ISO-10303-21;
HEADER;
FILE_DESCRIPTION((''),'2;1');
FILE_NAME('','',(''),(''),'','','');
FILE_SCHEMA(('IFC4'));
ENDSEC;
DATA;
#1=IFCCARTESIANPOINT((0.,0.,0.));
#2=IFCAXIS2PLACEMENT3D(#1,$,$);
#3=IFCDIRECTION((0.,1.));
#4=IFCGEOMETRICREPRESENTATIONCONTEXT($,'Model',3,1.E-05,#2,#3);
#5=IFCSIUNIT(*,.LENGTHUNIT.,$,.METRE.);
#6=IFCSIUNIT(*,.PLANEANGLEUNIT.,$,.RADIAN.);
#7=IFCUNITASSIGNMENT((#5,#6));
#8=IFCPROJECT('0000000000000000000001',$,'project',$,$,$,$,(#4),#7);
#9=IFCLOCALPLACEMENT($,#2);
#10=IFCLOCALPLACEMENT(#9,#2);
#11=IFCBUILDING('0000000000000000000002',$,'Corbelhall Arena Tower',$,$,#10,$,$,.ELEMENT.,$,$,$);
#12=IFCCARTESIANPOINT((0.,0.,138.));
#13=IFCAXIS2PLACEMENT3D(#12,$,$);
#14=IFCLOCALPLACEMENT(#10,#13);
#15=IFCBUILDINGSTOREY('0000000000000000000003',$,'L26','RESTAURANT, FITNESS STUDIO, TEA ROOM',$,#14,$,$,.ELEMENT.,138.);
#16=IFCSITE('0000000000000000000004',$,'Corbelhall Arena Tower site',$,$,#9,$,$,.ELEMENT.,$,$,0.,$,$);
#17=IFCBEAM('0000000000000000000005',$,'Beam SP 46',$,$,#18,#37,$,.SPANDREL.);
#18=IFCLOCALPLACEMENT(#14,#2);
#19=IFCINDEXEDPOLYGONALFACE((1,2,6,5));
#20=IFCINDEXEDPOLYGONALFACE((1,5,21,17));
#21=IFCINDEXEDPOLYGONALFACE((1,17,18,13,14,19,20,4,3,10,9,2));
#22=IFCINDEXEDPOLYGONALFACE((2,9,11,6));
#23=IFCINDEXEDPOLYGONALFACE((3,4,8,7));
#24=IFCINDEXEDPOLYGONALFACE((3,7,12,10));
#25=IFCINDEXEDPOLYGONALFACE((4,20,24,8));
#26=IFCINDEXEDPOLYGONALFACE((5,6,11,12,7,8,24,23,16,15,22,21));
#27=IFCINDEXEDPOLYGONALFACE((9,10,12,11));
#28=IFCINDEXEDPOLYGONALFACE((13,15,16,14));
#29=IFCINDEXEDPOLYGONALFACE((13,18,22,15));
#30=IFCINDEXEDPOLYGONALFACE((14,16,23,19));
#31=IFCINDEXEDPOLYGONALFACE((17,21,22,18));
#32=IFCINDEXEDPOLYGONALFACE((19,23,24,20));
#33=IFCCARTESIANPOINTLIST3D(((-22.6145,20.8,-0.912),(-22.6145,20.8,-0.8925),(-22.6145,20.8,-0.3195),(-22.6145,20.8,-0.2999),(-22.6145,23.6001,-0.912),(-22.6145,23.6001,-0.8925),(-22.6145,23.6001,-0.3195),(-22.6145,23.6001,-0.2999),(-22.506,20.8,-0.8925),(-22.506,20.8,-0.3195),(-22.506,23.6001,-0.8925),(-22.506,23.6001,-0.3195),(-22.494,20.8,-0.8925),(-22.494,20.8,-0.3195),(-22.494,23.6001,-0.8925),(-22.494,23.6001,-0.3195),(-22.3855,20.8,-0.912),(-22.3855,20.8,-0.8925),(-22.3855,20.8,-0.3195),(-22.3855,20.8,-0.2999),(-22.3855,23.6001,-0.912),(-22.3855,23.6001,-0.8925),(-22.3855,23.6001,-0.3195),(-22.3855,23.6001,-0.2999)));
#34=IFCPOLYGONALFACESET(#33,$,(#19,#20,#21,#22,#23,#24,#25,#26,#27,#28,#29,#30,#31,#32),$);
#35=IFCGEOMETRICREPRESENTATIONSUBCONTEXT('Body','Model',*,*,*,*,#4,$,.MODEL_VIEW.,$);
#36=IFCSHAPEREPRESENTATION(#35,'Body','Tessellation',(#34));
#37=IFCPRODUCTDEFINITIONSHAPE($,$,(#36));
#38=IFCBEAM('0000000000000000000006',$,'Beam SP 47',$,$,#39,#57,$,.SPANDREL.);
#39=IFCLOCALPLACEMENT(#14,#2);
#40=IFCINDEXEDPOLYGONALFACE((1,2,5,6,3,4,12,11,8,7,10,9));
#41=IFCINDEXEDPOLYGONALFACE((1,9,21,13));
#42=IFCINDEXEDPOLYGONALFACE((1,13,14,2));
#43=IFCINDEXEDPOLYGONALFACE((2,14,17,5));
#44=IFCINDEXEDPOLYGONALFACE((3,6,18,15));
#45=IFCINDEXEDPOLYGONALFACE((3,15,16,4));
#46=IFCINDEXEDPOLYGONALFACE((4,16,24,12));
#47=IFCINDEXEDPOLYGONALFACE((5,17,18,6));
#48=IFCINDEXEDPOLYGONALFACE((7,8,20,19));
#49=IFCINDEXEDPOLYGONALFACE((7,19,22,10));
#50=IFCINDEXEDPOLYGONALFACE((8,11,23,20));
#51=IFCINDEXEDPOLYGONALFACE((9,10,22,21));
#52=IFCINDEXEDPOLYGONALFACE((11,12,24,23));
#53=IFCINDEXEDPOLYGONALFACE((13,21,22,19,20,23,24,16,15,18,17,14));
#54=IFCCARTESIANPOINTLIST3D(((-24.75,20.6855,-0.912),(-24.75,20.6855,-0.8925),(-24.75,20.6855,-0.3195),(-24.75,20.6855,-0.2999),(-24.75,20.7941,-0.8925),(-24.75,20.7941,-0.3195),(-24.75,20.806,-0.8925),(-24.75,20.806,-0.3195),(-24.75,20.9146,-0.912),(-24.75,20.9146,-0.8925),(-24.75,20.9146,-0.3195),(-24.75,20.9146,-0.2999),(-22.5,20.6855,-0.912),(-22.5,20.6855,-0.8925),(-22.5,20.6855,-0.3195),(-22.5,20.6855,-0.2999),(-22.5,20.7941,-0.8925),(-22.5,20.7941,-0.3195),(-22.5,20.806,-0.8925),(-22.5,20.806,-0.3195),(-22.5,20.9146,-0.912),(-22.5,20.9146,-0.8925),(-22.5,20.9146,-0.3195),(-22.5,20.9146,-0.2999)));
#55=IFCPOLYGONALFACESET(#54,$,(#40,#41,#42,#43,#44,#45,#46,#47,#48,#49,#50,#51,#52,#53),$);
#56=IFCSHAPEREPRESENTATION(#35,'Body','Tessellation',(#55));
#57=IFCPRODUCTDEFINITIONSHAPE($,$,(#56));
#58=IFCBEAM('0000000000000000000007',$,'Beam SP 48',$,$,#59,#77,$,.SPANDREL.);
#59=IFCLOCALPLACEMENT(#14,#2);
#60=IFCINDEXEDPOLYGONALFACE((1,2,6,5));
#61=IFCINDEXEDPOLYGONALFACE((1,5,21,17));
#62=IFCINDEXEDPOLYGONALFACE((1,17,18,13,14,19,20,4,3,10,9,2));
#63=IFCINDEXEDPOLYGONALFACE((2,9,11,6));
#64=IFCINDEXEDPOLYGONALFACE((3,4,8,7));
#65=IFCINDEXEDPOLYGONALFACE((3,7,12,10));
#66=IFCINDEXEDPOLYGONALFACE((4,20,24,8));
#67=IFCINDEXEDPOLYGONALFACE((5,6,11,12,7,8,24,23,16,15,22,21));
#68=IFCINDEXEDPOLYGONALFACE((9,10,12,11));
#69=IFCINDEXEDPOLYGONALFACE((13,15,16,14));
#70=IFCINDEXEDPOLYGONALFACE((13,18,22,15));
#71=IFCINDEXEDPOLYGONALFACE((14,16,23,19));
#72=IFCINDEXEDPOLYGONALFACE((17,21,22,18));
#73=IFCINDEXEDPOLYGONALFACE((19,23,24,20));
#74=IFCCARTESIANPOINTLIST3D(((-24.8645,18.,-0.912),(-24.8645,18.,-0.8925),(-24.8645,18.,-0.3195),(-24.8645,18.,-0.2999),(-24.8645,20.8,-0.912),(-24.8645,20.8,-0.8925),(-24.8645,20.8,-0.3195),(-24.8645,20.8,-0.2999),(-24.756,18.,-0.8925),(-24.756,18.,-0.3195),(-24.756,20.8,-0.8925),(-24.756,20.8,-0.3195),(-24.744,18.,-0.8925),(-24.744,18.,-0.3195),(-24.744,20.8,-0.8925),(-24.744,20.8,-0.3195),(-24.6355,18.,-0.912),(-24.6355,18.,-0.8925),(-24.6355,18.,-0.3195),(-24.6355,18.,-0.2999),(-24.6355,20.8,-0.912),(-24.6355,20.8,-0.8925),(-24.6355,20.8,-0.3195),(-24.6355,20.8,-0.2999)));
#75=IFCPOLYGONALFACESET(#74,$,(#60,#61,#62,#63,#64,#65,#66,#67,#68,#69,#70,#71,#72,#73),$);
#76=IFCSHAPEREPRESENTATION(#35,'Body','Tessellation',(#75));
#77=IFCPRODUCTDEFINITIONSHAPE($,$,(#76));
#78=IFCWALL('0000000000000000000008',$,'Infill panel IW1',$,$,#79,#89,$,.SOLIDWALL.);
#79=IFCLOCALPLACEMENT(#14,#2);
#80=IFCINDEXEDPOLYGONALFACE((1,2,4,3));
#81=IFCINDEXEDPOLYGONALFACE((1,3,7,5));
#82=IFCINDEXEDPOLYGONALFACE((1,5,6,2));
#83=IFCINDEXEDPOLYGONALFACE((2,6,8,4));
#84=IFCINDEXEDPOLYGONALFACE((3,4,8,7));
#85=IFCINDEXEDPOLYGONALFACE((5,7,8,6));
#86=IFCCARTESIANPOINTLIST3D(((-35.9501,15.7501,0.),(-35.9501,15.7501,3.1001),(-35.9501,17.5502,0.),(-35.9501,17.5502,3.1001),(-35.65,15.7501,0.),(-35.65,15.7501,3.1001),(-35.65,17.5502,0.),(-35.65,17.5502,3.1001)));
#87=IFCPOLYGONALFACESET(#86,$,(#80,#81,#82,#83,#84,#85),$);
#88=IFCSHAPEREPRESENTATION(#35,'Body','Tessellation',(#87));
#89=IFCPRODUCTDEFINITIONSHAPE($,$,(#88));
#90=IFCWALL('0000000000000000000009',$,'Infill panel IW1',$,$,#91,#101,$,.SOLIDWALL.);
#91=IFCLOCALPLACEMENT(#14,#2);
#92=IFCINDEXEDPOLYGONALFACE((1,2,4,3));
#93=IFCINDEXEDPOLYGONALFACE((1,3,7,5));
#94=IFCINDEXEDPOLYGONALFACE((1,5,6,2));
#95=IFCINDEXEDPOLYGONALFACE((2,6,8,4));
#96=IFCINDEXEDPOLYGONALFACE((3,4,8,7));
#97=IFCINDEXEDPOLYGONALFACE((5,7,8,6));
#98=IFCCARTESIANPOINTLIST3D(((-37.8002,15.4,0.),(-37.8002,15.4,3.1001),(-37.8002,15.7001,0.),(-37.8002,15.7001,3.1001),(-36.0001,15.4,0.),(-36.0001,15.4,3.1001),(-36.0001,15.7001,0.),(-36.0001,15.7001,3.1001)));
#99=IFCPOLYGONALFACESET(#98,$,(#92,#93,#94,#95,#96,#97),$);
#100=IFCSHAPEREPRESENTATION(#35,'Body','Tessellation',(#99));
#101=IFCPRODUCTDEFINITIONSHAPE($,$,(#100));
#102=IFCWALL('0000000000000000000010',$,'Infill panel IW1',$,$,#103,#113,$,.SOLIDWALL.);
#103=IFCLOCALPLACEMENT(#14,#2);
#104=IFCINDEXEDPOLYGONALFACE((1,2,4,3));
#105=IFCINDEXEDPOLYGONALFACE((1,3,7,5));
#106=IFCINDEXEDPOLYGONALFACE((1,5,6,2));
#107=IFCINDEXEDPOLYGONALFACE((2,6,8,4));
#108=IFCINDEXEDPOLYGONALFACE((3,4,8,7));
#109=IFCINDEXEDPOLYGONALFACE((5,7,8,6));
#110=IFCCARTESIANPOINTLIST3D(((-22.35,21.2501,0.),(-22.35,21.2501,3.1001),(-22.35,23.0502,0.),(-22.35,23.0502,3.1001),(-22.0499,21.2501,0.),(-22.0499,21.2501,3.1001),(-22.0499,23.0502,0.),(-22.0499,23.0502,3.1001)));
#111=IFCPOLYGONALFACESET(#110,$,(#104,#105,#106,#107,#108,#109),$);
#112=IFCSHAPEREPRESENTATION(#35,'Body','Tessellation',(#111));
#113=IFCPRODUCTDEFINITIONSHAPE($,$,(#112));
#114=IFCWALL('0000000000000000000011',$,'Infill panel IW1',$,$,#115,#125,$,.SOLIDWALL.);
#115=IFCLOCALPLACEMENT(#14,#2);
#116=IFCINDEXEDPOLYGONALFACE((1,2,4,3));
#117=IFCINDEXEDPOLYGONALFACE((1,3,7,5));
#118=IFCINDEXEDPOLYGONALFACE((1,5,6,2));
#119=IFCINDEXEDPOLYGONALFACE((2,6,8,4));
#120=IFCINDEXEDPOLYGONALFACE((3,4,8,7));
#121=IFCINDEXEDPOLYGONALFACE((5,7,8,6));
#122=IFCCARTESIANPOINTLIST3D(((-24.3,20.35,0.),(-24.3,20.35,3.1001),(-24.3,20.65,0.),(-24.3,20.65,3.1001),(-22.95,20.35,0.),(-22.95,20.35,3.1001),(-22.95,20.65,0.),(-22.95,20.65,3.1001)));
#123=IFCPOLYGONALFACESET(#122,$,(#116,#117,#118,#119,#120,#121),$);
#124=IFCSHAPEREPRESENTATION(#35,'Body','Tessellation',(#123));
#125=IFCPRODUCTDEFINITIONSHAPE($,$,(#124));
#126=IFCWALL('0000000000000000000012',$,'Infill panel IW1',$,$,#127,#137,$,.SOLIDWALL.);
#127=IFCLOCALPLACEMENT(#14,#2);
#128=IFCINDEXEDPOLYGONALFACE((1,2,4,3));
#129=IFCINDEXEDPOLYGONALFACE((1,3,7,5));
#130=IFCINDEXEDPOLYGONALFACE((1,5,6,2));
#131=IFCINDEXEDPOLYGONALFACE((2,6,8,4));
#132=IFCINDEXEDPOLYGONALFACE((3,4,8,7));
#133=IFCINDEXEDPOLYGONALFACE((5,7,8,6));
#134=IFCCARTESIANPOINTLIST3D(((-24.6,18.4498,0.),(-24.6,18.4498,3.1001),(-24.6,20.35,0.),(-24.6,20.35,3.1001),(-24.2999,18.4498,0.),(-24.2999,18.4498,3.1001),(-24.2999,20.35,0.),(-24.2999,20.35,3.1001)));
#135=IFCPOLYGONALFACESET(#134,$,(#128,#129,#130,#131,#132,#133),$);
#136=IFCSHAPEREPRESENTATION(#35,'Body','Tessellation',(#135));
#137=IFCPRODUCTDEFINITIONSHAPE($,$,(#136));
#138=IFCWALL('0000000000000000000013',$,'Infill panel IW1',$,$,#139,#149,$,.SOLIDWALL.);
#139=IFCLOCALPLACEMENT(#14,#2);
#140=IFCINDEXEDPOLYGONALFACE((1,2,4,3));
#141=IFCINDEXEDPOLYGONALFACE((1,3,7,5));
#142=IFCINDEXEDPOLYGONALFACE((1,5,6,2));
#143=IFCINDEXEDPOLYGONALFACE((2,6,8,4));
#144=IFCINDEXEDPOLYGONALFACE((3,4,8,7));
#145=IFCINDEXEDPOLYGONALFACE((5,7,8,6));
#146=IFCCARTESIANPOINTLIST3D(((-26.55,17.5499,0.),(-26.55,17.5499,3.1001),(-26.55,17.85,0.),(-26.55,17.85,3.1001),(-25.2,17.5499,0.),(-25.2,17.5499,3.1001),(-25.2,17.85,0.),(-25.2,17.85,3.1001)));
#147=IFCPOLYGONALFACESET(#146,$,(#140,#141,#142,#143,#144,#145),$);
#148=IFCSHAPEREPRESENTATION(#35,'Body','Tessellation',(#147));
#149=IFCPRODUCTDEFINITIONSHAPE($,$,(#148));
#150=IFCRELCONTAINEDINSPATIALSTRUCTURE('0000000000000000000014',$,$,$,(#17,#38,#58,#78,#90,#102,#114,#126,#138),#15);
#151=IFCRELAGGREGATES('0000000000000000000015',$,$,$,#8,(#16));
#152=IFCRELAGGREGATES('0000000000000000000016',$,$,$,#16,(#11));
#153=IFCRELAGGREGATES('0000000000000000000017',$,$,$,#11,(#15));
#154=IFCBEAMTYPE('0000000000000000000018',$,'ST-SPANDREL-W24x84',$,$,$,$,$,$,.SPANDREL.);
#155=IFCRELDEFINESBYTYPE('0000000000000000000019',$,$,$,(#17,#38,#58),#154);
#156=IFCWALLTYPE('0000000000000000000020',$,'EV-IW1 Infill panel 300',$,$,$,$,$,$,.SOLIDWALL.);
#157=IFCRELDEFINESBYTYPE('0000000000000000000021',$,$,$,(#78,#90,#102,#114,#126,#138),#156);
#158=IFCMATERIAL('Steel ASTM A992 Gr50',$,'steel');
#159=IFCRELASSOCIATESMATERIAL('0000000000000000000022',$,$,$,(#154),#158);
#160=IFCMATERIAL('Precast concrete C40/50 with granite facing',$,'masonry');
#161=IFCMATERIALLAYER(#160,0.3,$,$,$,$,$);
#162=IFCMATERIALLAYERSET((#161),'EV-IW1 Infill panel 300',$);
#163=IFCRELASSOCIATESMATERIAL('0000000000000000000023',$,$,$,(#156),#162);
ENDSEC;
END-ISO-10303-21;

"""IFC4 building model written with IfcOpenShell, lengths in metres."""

from ifc_helpers import new_model, si_unit, direction, frame, frame_2d, origin, origin_2d, place, context, subcontext, project, spatial, rectangle, i_section, extrude, material, layer, layer_set, material_profile, profile_set, type_object, element, save


model = new_model("IFC4")

# Units and contexts
model_context = context("Model", 3, precision=1e-05, world=origin(), true_north=direction((0.0, 1.0)))
body_context = subcontext(model_context, "Body", "Model", "MODEL_VIEW")
ifc_project = project(units=[si_unit("LENGTHUNIT", "METRE"), si_unit("PLANEANGLEUNIT", "RADIAN")], contexts=[model_context])

# Site, building, storey
site_placement = place(None, origin())
site = spatial("IfcSite", under=ifc_project, at=site_placement, Name="Corbelhall Arena Tower site", CompositionType="ELEMENT", RefElevation=0.0)
building_placement = place(site_placement, origin())
building = spatial("IfcBuilding", under=site, at=building_placement, Name="Corbelhall Arena Tower", CompositionType="ELEMENT")
storey_placement = place(building_placement, frame((0.0, 0.0, 138.0)))
storey = spatial("IfcBuildingStorey", under=building, at=storey_placement, Name="L26", Description="RESTAURANT, FITNESS STUDIO, TEA ROOM", CompositionType="ELEMENT", Elevation=138.0)

# Beams
ifc_material_1 = material(Name="Steel ASTM A992 Gr50", Category="steel")
ifc_material_profile_1 = material_profile(ifc_material_1, i_section(OverallWidth=0.229, OverallDepth=0.6121, WebThickness=0.012, FlangeThickness=0.0195, at=origin_2d()))
ifc_profile_set_1 = profile_set([ifc_material_profile_1], Name="Steel ASTM A992 Gr50")
beam_type = type_object("IfcBeamType", Name="ST-SPANDREL-W24x84", PredefinedType="SPANDREL", material=ifc_profile_set_1)
beam_1_placement = place(storey_placement, frame((-22.5, 20.8, -0.606), z_axis=(0.0, 1.0, 0.0), x_axis=(-1.0, 0.0, 0.0)))
element("IfcBeam", 1, at=beam_1_placement, inside=storey, type_object=beam_type, Name="Beam SP 46", PredefinedType="SPANDREL", context=body_context, shape_type="SweptSolid", body=[
    extrude(i_section(OverallWidth=0.229, OverallDepth=0.6121, WebThickness=0.012, FlangeThickness=0.0195, at=origin_2d()), origin(), (0.0, 0.0, 1.0), 2.8),
])
beam_2_placement = place(storey_placement, frame((-24.75, 20.8, -0.606), z_axis=(1.0, 0.0, 0.0), x_axis=(0.0, 1.0, 0.0)))
element("IfcBeam", 2, at=beam_2_placement, inside=storey, type_object=beam_type, Name="Beam SP 47", PredefinedType="SPANDREL", context=body_context, shape_type="SweptSolid", body=[
    extrude(i_section(OverallWidth=0.229, OverallDepth=0.6121, WebThickness=0.012, FlangeThickness=0.0195, at=origin_2d()), origin(), (0.0, 0.0, 1.0), 2.25),
])
beam_3_placement = place(storey_placement, frame((-24.75, 18.0, -0.606), z_axis=(0.0, 1.0, 0.0), x_axis=(-1.0, 0.0, 0.0)))
element("IfcBeam", 3, at=beam_3_placement, inside=storey, type_object=beam_type, Name="Beam SP 48", PredefinedType="SPANDREL", context=body_context, shape_type="SweptSolid", body=[
    extrude(i_section(OverallWidth=0.229, OverallDepth=0.6121, WebThickness=0.012, FlangeThickness=0.0195, at=origin_2d()), origin(), (0.0, 0.0, 1.0), 2.8),
])

# Walls
ifc_material_2 = material(Name="Precast concrete C40/50 with granite facing", Category="masonry")
ifc_layer_1 = layer(ifc_material_2, 0.3)
ifc_layer_set_1 = layer_set([ifc_layer_1], Name="EV-IW1 Infill panel 300")
wall_type_1 = type_object("IfcWallType", Name="EV-IW1 Infill panel 300", PredefinedType="SOLIDWALL", material=ifc_layer_set_1)
for number, where, z_axis, x_axis, name in (
    (4, (-35.8, 17.55, 0.0), (0.0, 0.0, 1.0), (0.0, -1.0, 0.0), "Infill panel IW1"),
    (5, (-37.8, 15.55, 0.0), (0.0, 0.0, 1.0), (1.0, 0.0, 0.0), "Infill panel IW1"),
    (6, (-22.2, 23.05, 0.0), (0.0, 0.0, 1.0), (0.0, -1.0, 0.0), "Infill panel IW1"),
):
    element("IfcWall", number, at=place(storey_placement, frame(where, z_axis=z_axis, x_axis=x_axis)), inside=storey, type_object=wall_type_1, Name=name, PredefinedType="SOLIDWALL", context=body_context, shape_type="SweptSolid", body=[
        extrude(rectangle(XDim=1.8, YDim=0.3, at=frame_2d((0.8999, 0.0))), origin(), (0.0, 0.0, 1.0), 3.1001),
    ])
wall_1_placement = place(storey_placement, frame((-22.95, 20.5, 0.0), z_axis=(0.0, 0.0, 1.0), x_axis=(-1.0, 0.0, 0.0)))
element("IfcWall", 7, at=wall_1_placement, inside=storey, type_object=wall_type_1, Name="Infill panel IW1", PredefinedType="SOLIDWALL", context=body_context, shape_type="SweptSolid", body=[
    extrude(rectangle(XDim=1.3501, YDim=0.3, at=frame_2d((0.675, 0.0))), origin(), (0.0, 0.0, 1.0), 3.1001),
])
wall_2_placement = place(storey_placement, frame((-24.45, 20.3501, 0.0), z_axis=(0.0, 0.0, 1.0), x_axis=(0.0, -1.0, 0.0)))
element("IfcWall", 8, at=wall_2_placement, inside=storey, type_object=wall_type_1, Name="Infill panel IW1", PredefinedType="SOLIDWALL", context=body_context, shape_type="SweptSolid", body=[
    extrude(rectangle(XDim=1.9001, YDim=0.3, at=frame_2d((0.9502, 0.0))), origin(), (0.0, 0.0, 1.0), 3.1001),
])
wall_3_placement = place(storey_placement, frame((-25.2, 17.7, 0.0), z_axis=(0.0, 0.0, 1.0), x_axis=(-1.0, 0.0, 0.0)))
element("IfcWall", 9, at=wall_3_placement, inside=storey, type_object=wall_type_1, Name="Infill panel IW1", PredefinedType="SOLIDWALL", context=body_context, shape_type="SweptSolid", body=[
    extrude(rectangle(XDim=1.3501, YDim=0.3, at=frame_2d((0.675, 0.0))), origin(), (0.0, 0.0, 1.0), 3.1001),
])

save(model, "model.ifc")
